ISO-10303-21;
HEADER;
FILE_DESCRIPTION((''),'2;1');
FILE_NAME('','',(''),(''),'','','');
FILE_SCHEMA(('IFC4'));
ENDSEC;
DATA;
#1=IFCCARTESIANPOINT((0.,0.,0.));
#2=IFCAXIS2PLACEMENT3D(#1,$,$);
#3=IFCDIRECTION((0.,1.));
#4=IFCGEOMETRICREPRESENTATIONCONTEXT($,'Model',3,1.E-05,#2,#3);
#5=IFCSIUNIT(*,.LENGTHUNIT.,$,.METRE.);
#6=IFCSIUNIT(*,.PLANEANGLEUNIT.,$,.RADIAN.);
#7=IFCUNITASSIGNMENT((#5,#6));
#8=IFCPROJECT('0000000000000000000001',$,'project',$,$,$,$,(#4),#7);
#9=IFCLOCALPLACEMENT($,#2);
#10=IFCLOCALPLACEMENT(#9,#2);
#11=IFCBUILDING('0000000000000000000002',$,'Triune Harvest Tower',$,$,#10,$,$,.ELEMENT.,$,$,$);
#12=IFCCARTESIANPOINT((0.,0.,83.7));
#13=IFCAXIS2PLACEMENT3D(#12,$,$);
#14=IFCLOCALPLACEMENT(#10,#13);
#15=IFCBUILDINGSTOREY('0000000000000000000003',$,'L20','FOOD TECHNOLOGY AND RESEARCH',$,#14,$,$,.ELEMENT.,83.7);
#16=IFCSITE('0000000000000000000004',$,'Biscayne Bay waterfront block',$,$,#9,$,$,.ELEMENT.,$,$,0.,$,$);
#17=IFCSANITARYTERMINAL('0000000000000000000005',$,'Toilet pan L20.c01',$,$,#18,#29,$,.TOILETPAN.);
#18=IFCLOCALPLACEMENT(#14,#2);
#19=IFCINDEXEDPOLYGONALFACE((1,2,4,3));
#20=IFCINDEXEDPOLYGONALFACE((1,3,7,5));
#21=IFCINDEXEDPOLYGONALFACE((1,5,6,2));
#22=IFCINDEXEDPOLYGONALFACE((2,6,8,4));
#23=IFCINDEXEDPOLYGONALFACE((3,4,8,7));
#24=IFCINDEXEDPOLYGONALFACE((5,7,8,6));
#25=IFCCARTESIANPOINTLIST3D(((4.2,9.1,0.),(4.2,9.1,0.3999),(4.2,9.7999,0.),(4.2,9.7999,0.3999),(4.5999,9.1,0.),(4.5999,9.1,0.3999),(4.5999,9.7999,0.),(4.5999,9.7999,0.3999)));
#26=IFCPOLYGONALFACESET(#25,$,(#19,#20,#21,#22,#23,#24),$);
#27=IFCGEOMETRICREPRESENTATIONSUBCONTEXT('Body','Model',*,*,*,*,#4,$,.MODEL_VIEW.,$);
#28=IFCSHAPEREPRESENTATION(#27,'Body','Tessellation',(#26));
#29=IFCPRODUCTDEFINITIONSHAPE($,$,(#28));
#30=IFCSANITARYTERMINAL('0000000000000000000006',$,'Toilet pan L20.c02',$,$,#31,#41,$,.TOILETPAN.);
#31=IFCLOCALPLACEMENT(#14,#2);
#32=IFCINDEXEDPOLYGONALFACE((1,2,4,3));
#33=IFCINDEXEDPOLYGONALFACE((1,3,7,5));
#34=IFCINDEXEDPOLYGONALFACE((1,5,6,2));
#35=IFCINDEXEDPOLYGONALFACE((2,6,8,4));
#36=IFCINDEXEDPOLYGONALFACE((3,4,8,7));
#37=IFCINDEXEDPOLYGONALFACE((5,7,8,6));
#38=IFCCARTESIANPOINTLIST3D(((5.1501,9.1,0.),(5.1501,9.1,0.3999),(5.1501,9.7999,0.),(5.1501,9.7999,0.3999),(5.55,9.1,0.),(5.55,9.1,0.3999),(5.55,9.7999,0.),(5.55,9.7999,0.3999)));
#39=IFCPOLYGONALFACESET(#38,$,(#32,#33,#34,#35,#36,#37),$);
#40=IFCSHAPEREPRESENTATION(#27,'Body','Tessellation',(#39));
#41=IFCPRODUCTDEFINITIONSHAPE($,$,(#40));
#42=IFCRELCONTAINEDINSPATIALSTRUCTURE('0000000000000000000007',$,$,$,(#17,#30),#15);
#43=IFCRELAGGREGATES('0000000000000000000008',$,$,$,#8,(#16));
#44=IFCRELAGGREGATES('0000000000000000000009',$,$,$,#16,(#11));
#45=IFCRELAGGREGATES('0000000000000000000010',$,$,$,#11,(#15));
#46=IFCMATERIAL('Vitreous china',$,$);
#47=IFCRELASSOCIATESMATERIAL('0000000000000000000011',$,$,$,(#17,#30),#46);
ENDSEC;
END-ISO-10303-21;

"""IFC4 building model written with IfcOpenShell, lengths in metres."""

from ifc_helpers import new_model, si_unit, direction, frame, origin, origin_2d, place, context, subcontext, project, spatial, rectangle, extrude, source, transform, mapped, material, element, save


model = new_model("IFC4")

# Units and contexts
model_context = context("Model", 3, precision=1e-05, world=origin(), true_north=direction((0.0, 1.0)))
body_context = subcontext(model_context, "Body", "Model", "MODEL_VIEW")
ifc_project = project(units=[si_unit("LENGTHUNIT", "METRE"), si_unit("PLANEANGLEUNIT", "RADIAN")], contexts=[model_context])

# Site, building, storey
site_placement = place(None, origin())
site = spatial("IfcSite", under=ifc_project, at=site_placement, Name="Biscayne Bay waterfront block", CompositionType="ELEMENT", RefElevation=0.0)
building_placement = place(site_placement, origin())
building = spatial("IfcBuilding", under=site, at=building_placement, Name="Triune Harvest Tower", CompositionType="ELEMENT")
storey_placement = place(building_placement, frame((0.0, 0.0, 83.7)))
storey = spatial("IfcBuildingStorey", under=building, at=storey_placement, Name="L20", Description="FOOD TECHNOLOGY AND RESEARCH", CompositionType="ELEMENT", Elevation=83.7)

# Sanitary terminals
ifc_material_1 = material(Name="Vitreous china")
shared_shape_1 = source(origin(), body_context, "Body", "SweptSolid", [
    extrude(rectangle(XDim=0.3999, YDim=0.7, at=origin_2d()), origin(), (0.0, 0.0, 1.0), 0.3999),
])
for number, where, z_axis, x_axis, name in (
    (1, (4.3999, 9.45, 0.0), (0.0, 0.0, 1.0), (1.0, 0.0, 0.0), "Toilet pan L20.c01"),
    (2, (5.3501, 9.45, 0.0), (0.0, 0.0, 1.0), (1.0, 0.0, 0.0), "Toilet pan L20.c02"),
):
    element("IfcSanitaryTerminal", number, at=place(storey_placement, frame(where, z_axis=z_axis, x_axis=x_axis)), inside=storey, material=ifc_material_1, Name=name, PredefinedType="TOILETPAN", context=body_context, shape_type="MappedRepresentation", body=[
        mapped(shared_shape_1, transform((0.0, 0.0, 0.0), scale=1.0)),
    ])

save(model, "model.ifc")
